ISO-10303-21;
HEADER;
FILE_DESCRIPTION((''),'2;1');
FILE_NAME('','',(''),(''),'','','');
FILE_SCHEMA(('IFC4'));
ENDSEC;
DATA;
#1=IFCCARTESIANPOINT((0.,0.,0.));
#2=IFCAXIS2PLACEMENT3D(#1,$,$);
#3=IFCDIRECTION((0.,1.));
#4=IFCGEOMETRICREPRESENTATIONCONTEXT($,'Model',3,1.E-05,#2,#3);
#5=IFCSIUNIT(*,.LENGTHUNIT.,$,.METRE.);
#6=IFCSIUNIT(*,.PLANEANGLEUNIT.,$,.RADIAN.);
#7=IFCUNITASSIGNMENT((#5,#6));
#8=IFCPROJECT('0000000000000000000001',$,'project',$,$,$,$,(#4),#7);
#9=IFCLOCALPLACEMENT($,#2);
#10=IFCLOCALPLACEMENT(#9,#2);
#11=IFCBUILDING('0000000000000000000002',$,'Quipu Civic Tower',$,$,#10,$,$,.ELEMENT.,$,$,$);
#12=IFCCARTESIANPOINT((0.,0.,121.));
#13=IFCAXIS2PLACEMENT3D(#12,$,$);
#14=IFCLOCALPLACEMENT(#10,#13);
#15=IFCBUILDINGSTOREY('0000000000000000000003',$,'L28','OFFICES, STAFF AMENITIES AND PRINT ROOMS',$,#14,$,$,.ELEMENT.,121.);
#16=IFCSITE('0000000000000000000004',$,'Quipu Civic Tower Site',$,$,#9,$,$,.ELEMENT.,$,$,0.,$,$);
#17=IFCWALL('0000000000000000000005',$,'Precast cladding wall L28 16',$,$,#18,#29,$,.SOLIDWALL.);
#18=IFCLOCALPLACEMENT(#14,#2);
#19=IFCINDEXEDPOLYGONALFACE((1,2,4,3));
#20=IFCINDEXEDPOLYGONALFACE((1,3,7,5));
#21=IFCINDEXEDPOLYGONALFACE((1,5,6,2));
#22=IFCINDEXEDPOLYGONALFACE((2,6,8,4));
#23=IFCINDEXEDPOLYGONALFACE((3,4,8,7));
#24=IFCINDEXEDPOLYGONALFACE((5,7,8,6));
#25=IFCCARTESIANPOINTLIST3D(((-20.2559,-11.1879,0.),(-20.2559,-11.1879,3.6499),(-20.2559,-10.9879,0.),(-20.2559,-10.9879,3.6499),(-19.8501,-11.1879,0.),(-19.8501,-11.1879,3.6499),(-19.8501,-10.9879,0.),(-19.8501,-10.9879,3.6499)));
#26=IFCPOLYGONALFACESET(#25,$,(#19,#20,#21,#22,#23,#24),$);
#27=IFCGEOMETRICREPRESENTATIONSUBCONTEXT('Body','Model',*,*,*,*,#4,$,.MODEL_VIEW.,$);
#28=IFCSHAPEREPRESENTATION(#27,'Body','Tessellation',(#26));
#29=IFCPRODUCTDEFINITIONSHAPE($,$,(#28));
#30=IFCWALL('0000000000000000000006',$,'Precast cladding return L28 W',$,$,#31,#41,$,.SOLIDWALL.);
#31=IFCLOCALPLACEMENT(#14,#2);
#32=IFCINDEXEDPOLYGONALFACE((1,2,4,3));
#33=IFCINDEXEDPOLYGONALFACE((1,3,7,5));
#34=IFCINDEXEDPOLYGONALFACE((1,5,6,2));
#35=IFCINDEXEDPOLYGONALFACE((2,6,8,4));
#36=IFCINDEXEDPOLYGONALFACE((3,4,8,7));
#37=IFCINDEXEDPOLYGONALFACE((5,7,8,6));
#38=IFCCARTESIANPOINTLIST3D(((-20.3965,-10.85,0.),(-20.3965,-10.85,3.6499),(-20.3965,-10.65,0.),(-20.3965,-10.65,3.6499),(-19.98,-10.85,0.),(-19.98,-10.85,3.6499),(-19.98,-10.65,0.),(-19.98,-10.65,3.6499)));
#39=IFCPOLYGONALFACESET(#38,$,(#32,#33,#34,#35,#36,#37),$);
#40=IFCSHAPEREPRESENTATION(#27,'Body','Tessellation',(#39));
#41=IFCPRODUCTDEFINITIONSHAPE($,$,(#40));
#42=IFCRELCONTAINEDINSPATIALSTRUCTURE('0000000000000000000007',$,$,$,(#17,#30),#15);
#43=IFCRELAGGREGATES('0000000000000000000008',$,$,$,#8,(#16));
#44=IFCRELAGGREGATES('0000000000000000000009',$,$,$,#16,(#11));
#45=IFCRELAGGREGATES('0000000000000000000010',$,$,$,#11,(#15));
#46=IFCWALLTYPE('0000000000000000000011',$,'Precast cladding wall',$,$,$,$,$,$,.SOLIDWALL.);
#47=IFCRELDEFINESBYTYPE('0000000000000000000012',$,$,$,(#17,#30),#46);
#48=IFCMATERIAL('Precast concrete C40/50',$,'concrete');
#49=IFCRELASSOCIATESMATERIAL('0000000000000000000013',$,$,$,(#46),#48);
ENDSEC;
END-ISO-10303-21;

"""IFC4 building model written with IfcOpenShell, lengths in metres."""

from ifc_helpers import new_model, si_unit, direction, frame, frame_2d, origin, place, context, subcontext, project, spatial, rectangle, extrude, material, type_object, element, save


model = new_model("IFC4")

# Units and contexts
model_context = context("Model", 3, precision=1e-05, world=origin(), true_north=direction((0.0, 1.0)))
body_context = subcontext(model_context, "Body", "Model", "MODEL_VIEW")
ifc_project = project(units=[si_unit("LENGTHUNIT", "METRE"), si_unit("PLANEANGLEUNIT", "RADIAN")], contexts=[model_context])

# Site, building, storey
site_placement = place(None, origin())
site = spatial("IfcSite", under=ifc_project, at=site_placement, Name="Quipu Civic Tower Site", CompositionType="ELEMENT", RefElevation=0.0)
building_placement = place(site_placement, origin())
building = spatial("IfcBuilding", under=site, at=building_placement, Name="Quipu Civic Tower", CompositionType="ELEMENT")
storey_placement = place(building_placement, frame((0.0, 0.0, 121.0)))
storey = spatial("IfcBuildingStorey", under=building, at=storey_placement, Name="L28", Description="OFFICES, STAFF AMENITIES AND PRINT ROOMS", CompositionType="ELEMENT", Elevation=121.0)

# Walls
ifc_material_1 = material(Name="Precast concrete C40/50", Category="concrete")
wall_type_1 = type_object("IfcWallType", Name="Precast cladding wall", PredefinedType="SOLIDWALL", material=ifc_material_1)
wall_1_placement = place(storey_placement, frame((-20.2559, -11.0879, 0.0), z_axis=(0.0, 0.0, 1.0), x_axis=(1.0, 0.0, 0.0)))
element("IfcWall", 1, at=wall_1_placement, inside=storey, type_object=wall_type_1, Name="Precast cladding wall L28 16", PredefinedType="SOLIDWALL", context=body_context, shape_type="SweptSolid", body=[
    extrude(rectangle(XDim=0.4058, YDim=0.2, at=frame_2d((0.2029, 0.0))), origin(), (0.0, 0.0, 1.0), 3.6499),
])
wall_2_placement = place(storey_placement, frame((-19.98, -10.75, 0.0), z_axis=(0.0, 0.0, 1.0), x_axis=(-1.0, 0.0, 0.0)))
element("IfcWall", 2, at=wall_2_placement, inside=storey, type_object=wall_type_1, Name="Precast cladding return L28 W", PredefinedType="SOLIDWALL", context=body_context, shape_type="SweptSolid", body=[
    extrude(rectangle(XDim=0.4165, YDim=0.2, at=frame_2d((0.2083, 0.0))), origin(), (0.0, 0.0, 1.0), 3.6499),
])

save(model, "model.ifc")
